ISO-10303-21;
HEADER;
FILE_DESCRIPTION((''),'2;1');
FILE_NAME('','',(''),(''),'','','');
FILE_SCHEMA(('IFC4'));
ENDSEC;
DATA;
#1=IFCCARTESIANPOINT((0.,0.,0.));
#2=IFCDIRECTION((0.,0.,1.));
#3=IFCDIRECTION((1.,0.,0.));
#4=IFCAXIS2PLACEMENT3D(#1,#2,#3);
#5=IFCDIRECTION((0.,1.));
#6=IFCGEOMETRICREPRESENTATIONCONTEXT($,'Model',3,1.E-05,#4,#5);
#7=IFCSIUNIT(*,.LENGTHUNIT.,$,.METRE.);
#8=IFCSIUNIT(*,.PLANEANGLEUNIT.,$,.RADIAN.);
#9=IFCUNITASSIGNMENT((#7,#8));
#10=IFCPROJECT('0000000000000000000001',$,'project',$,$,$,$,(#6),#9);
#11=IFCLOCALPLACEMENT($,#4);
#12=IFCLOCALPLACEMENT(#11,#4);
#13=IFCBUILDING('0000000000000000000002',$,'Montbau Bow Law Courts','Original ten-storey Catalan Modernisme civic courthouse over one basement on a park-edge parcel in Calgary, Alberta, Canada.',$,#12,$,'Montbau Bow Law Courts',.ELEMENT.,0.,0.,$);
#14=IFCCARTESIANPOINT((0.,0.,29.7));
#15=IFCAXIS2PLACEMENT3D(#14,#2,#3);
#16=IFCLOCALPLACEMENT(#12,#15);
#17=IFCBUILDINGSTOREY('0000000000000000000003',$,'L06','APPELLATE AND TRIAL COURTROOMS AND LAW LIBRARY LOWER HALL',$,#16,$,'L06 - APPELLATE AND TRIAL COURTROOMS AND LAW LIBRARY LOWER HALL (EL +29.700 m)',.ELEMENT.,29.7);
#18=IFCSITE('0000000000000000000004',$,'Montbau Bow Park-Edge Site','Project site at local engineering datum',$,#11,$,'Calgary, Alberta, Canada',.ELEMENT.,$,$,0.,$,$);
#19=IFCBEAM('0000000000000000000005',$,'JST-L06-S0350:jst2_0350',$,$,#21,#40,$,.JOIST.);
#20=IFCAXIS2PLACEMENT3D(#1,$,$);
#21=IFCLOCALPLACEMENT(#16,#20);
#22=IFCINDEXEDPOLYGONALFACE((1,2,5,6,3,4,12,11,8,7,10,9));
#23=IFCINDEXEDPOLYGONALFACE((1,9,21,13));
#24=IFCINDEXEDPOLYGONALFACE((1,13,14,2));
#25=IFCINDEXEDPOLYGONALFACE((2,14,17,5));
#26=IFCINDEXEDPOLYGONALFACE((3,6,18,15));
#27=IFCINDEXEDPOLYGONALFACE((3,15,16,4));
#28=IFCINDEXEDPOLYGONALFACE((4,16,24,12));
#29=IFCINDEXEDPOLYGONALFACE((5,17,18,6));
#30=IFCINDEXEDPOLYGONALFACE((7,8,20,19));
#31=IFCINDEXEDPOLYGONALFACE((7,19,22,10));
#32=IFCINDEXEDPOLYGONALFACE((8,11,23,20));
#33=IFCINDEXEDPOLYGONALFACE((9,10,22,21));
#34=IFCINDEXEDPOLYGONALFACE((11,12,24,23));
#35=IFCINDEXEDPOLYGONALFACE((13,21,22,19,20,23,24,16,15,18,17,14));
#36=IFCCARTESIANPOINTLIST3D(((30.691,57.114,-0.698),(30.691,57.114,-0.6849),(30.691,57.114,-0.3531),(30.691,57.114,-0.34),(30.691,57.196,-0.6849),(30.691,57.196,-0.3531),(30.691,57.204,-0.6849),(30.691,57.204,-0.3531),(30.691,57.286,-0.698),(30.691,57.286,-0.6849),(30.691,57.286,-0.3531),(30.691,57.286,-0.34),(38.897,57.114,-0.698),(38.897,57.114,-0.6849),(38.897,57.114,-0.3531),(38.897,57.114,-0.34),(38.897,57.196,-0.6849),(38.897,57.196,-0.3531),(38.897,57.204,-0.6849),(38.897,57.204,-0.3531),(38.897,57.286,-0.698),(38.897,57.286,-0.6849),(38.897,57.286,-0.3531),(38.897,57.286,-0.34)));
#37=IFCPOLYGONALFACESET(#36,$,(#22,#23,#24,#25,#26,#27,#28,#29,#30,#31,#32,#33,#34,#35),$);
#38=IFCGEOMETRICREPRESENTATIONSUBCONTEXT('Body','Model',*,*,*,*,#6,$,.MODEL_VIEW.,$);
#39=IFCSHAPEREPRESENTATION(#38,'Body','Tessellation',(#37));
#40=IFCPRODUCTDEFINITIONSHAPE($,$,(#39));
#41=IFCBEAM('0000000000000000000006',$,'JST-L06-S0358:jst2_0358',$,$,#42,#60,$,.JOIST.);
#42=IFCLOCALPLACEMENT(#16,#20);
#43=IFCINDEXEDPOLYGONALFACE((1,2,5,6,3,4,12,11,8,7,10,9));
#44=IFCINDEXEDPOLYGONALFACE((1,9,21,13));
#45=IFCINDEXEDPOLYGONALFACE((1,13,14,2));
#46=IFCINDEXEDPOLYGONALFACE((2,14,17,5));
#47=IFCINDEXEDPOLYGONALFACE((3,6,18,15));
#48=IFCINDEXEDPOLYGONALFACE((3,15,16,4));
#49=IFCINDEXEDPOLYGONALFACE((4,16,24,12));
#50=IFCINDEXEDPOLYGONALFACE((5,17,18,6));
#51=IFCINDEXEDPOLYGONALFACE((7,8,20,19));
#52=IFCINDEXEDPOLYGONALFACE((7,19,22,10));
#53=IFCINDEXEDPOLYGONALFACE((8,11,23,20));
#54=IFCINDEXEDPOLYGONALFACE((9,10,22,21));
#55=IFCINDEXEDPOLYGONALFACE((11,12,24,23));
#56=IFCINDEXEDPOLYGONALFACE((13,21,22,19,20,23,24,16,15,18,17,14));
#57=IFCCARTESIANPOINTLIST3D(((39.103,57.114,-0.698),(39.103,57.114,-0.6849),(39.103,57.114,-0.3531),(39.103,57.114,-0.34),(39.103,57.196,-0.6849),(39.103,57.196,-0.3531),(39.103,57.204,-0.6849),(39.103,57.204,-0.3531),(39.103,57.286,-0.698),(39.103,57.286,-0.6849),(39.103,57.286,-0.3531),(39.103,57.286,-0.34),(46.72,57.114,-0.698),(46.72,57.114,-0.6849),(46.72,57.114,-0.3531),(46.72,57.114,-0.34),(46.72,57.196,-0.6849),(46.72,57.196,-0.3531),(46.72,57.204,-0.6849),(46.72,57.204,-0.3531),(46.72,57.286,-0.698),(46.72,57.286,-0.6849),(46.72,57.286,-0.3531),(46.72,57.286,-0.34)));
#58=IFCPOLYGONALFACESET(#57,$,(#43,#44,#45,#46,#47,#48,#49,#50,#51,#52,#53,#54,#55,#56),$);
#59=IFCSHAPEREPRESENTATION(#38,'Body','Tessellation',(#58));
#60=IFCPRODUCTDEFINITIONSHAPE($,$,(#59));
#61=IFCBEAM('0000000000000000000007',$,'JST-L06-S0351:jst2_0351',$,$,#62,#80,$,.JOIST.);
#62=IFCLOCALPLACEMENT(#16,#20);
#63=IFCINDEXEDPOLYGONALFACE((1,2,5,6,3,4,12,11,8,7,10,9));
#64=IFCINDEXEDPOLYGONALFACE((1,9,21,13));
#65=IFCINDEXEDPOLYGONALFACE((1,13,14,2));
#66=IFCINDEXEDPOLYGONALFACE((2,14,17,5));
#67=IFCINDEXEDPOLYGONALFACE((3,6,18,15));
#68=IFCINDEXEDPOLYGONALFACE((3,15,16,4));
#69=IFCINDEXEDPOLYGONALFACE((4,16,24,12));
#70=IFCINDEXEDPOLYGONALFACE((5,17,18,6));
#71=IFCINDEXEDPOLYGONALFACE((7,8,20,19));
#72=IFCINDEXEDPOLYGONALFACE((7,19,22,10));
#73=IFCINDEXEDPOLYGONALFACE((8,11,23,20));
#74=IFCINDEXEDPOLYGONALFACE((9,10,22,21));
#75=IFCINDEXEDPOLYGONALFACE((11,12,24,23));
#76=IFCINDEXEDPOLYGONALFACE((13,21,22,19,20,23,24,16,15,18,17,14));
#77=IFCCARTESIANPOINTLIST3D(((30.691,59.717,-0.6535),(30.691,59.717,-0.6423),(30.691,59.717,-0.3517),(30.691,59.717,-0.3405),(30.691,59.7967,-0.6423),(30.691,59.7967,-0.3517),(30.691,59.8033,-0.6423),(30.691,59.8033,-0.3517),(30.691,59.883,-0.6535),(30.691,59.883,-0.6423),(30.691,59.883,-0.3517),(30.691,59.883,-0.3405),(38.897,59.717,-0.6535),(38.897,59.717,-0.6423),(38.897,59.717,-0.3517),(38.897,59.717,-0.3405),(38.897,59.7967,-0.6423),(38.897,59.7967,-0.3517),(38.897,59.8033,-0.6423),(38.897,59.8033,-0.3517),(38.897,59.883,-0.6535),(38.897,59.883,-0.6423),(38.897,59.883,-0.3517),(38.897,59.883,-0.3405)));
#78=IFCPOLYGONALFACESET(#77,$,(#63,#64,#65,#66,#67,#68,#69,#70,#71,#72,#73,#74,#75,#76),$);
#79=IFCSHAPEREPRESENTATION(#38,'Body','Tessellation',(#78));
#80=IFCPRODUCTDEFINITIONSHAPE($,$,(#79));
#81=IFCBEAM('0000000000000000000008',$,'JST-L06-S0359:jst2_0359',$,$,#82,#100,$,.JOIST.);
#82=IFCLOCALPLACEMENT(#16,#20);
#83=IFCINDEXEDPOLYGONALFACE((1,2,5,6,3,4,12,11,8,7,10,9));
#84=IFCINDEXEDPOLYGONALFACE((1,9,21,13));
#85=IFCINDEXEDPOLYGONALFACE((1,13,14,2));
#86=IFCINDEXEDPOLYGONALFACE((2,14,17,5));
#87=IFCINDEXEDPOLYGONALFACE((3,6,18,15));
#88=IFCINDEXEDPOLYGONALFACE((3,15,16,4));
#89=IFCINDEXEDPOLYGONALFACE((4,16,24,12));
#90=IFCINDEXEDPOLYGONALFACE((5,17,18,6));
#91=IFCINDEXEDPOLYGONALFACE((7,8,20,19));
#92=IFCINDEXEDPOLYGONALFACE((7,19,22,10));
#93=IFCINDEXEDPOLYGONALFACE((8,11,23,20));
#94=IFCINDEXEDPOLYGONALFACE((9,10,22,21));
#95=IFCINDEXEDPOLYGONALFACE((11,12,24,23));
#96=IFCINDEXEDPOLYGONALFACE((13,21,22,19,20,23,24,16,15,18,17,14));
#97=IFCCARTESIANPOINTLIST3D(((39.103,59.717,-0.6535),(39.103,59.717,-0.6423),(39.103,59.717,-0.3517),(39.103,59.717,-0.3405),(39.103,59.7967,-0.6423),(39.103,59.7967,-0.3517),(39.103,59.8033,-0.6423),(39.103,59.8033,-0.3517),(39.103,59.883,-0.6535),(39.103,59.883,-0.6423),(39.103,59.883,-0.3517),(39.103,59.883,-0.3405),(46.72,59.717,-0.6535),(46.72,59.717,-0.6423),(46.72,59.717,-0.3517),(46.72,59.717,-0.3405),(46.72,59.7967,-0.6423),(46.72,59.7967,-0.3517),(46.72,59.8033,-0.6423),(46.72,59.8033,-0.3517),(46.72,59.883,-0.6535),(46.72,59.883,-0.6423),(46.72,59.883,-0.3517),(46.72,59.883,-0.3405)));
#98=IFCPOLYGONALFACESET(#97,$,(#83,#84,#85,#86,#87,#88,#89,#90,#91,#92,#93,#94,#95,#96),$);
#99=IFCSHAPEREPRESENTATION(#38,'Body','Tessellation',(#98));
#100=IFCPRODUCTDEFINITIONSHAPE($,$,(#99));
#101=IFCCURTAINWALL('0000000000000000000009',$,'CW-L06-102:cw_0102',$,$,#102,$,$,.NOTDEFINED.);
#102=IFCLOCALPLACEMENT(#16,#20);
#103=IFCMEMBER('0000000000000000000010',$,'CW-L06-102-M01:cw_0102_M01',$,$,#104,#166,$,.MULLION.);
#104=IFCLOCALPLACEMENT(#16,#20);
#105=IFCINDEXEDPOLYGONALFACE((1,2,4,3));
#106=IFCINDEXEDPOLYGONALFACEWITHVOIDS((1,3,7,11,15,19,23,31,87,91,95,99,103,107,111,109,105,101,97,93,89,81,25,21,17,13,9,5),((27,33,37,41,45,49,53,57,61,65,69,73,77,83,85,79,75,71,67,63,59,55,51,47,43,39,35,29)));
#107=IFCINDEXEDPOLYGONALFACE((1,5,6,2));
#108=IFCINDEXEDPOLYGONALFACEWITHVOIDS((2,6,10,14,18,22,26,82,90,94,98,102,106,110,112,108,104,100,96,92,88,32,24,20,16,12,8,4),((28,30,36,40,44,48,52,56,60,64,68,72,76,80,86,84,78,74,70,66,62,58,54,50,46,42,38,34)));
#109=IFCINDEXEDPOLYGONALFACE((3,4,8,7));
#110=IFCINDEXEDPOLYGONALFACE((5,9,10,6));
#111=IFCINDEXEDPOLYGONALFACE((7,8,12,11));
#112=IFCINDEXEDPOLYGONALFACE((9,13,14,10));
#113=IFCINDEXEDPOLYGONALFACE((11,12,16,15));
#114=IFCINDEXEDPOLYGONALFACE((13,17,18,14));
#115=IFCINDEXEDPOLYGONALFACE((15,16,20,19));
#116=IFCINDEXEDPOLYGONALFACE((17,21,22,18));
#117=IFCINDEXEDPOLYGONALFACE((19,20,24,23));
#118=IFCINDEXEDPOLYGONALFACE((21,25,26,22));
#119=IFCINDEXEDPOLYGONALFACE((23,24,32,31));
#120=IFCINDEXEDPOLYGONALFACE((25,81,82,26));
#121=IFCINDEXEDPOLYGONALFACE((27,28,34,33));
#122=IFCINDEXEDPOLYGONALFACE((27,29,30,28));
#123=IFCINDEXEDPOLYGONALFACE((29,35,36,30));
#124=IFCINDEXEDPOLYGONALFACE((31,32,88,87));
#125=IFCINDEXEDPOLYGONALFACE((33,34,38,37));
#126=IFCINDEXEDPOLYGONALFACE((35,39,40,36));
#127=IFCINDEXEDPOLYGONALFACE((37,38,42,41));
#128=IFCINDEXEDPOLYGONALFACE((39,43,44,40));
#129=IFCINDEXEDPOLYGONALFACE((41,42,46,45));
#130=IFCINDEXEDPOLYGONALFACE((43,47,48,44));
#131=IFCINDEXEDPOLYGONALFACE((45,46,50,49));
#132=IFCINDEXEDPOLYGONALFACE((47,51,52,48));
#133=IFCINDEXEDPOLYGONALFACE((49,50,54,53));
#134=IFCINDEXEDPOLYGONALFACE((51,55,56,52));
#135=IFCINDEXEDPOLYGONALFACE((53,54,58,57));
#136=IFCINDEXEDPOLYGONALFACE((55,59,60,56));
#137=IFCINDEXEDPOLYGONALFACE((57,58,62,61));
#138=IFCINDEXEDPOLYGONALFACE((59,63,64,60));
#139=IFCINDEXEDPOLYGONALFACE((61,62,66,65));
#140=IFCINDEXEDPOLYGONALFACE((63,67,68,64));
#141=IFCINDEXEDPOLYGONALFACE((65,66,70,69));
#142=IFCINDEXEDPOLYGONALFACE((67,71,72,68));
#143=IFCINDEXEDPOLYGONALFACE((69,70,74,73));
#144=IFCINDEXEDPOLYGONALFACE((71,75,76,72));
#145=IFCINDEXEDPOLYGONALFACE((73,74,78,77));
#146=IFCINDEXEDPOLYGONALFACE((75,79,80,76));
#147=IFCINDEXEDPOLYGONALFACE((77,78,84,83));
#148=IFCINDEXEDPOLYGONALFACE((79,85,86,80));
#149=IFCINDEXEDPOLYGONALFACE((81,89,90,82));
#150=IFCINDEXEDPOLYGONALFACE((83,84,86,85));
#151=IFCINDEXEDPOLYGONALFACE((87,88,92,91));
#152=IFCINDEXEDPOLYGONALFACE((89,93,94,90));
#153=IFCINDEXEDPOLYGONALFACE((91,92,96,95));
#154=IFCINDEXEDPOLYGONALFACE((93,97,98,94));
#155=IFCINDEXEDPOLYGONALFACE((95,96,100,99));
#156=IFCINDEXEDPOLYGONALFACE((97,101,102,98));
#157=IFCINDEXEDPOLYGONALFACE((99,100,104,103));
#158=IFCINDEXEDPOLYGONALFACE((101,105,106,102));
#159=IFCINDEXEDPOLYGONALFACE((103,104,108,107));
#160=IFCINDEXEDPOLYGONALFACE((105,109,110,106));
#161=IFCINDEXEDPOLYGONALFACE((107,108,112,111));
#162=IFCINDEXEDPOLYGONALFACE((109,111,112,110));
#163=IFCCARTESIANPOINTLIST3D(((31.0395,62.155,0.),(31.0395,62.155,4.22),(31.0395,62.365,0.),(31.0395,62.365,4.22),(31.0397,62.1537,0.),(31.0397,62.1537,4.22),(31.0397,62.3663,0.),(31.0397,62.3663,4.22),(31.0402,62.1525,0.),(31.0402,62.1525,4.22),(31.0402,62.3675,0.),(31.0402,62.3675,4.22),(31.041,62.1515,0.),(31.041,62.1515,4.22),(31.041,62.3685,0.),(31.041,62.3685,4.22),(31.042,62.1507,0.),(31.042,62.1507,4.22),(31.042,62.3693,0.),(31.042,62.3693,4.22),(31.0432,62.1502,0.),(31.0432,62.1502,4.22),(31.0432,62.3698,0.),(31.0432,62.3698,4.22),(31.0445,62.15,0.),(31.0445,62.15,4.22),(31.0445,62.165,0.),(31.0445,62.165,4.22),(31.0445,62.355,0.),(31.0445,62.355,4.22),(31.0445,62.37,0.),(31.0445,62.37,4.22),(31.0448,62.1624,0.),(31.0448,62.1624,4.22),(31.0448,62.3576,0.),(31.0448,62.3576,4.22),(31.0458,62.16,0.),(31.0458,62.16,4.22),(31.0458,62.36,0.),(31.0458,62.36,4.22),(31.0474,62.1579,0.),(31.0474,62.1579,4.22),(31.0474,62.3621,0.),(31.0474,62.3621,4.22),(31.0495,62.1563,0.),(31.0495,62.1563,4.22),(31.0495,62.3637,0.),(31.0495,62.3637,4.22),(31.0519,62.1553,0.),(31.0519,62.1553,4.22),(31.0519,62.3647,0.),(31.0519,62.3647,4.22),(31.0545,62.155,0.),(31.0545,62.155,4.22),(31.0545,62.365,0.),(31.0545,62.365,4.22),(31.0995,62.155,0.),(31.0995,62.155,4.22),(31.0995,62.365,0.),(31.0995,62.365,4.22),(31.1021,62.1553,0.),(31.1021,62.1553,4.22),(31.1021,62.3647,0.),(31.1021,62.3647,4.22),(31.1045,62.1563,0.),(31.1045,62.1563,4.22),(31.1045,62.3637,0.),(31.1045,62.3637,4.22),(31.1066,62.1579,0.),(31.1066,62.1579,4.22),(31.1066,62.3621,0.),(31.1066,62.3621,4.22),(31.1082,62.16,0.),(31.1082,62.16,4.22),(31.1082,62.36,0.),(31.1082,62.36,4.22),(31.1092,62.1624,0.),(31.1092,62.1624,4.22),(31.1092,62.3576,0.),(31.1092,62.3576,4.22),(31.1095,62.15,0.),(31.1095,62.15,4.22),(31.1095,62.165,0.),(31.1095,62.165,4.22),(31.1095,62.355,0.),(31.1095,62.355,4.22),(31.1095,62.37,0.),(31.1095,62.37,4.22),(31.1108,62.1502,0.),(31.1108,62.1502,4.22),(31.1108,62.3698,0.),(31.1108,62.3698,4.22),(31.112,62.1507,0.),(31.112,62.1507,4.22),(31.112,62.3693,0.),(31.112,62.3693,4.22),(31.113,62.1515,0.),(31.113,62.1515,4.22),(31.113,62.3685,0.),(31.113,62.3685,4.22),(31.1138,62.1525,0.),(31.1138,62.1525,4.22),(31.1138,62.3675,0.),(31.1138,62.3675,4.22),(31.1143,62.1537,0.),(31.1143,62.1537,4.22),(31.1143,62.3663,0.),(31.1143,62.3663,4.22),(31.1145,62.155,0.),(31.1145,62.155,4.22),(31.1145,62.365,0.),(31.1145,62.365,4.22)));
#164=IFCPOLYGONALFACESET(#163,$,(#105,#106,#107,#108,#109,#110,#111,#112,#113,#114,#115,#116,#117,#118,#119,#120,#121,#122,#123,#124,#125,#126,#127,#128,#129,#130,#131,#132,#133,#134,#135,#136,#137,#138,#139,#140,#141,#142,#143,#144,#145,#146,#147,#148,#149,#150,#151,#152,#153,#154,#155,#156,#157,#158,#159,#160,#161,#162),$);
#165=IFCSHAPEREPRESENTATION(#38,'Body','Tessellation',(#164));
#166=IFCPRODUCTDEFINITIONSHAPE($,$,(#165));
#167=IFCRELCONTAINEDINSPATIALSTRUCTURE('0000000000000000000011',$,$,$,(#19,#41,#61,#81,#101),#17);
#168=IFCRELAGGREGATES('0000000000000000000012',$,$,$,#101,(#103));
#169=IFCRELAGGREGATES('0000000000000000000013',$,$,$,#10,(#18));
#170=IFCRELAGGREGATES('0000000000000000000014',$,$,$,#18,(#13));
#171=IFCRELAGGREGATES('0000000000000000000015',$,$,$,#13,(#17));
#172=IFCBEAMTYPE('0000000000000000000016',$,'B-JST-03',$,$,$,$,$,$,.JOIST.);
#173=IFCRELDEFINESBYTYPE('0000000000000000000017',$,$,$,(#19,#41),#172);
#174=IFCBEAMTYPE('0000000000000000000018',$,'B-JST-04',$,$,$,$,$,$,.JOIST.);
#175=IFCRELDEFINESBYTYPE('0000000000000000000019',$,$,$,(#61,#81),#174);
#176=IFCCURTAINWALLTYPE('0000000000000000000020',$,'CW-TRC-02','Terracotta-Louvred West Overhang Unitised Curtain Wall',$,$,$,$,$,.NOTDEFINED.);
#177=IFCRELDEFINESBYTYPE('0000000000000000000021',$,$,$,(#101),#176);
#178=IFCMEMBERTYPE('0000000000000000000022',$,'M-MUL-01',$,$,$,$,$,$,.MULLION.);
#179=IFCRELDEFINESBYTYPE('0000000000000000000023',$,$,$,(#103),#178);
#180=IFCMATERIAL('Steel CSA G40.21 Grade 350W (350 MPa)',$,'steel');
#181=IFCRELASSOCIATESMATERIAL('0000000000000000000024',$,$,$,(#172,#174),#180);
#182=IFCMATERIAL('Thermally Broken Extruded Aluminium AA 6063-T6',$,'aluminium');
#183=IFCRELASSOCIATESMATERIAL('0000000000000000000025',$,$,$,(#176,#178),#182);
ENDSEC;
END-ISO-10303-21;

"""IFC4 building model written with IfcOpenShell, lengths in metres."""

from ifc_helpers import new_model, si_unit, direction, frame, origin_with_axes, origin_2d_with_axis, place, context, subcontext, project, spatial, hollow_rectangle, i_section, extrude, material, material_profile, profile_set, type_object, element, aggregate, save


model = new_model("IFC4")

# Units and contexts
model_context = context("Model", 3, precision=1e-05, world=origin_with_axes(), true_north=direction((0.0, 1.0)))
body_context = subcontext(model_context, "Body", "Model", "MODEL_VIEW")
ifc_project = project(units=[si_unit("LENGTHUNIT", "METRE"), si_unit("PLANEANGLEUNIT", "RADIAN")], contexts=[model_context])

# Site, building, storey
site_placement = place(None, origin_with_axes())
site = spatial("IfcSite", under=ifc_project, at=site_placement, Name="Montbau Bow Park-Edge Site", Description="Project site at local engineering datum", LongName="Calgary, Alberta, Canada", CompositionType="ELEMENT", RefElevation=0.0)
building_placement = place(site_placement, origin_with_axes())
building = spatial("IfcBuilding", under=site, at=building_placement, Name="Montbau Bow Law Courts", Description="Original ten-storey Catalan Modernisme civic courthouse over one basement on a park-edge parcel in Calgary, Alberta, Canada.", LongName="Montbau Bow Law Courts", CompositionType="ELEMENT", ElevationOfRefHeight=0.0, ElevationOfTerrain=0.0)
storey_placement = place(building_placement, frame((0.0, 0.0, 29.7), z_axis=(0.0, 0.0, 1.0), x_axis=(1.0, 0.0, 0.0)))
storey = spatial("IfcBuildingStorey", under=building, at=storey_placement, Name="L06", Description="APPELLATE AND TRIAL COURTROOMS AND LAW LIBRARY LOWER HALL", LongName="L06 - APPELLATE AND TRIAL COURTROOMS AND LAW LIBRARY LOWER HALL (EL +29.700 m)", CompositionType="ELEMENT", Elevation=29.7)

# Beams
ifc_material_1 = material(Name="Steel CSA G40.21 Grade 350W (350 MPa)", Category="steel")
ifc_material_profile_1 = material_profile(ifc_material_1, i_section(OverallWidth=0.172, OverallDepth=0.358, WebThickness=0.0079, FlangeThickness=0.0131, at=origin_2d_with_axis()), Name="W360X57", Category="Main", Priority=0)
ifc_profile_set_1 = profile_set([ifc_material_profile_1], Name="Steel CSA G40.21 Grade 350W (350 MPa)")
beam_type_1 = type_object("IfcBeamType", Name="B-JST-03", PredefinedType="JOIST", material=ifc_profile_set_1)
beam_1_placement = place(None, frame((30.691, 57.2, 29.181), z_axis=(1.0, 0.0, 0.0), x_axis=(0.0, 1.0, 0.0)))
element("IfcBeam", 1, at=beam_1_placement, inside=storey, type_object=beam_type_1, Name="JST-L06-S0350:jst2_0350", PredefinedType="JOIST", context=body_context, shape_type="SweptSolid", body=[
    extrude(i_section(OverallWidth=0.172, OverallDepth=0.358, WebThickness=0.0079, FlangeThickness=0.0131, at=origin_2d_with_axis()), origin_with_axes(), (0.0, 0.0, 1.0), 8.206),
])
beam_2_placement = place(None, frame((39.103, 57.2, 29.181), z_axis=(1.0, 0.0, 0.0), x_axis=(0.0, 1.0, 0.0)))
element("IfcBeam", 2, at=beam_2_placement, inside=storey, type_object=beam_type_1, Name="JST-L06-S0358:jst2_0358", PredefinedType="JOIST", context=body_context, shape_type="SweptSolid", body=[
    extrude(i_section(OverallWidth=0.172, OverallDepth=0.358, WebThickness=0.0079, FlangeThickness=0.0131, at=origin_2d_with_axis()), origin_with_axes(), (0.0, 0.0, 1.0), 7.617),
])
ifc_material_profile_2 = material_profile(ifc_material_1, i_section(OverallWidth=0.166, OverallDepth=0.313, WebThickness=0.0066, FlangeThickness=0.0112, at=origin_2d_with_axis()), Name="W310X45", Category="Main", Priority=0)
ifc_profile_set_2 = profile_set([ifc_material_profile_2], Name="Steel CSA G40.21 Grade 350W (350 MPa)")
beam_type_2 = type_object("IfcBeamType", Name="B-JST-04", PredefinedType="JOIST", material=ifc_profile_set_2)
beam_3_placement = place(None, frame((30.691, 59.8, 29.203), z_axis=(1.0, 0.0, 0.0), x_axis=(0.0, 1.0, 0.0)))
element("IfcBeam", 3, at=beam_3_placement, inside=storey, type_object=beam_type_2, Name="JST-L06-S0351:jst2_0351", PredefinedType="JOIST", context=body_context, shape_type="SweptSolid", body=[
    extrude(i_section(OverallWidth=0.166, OverallDepth=0.313, WebThickness=0.0066, FlangeThickness=0.0112, at=origin_2d_with_axis()), origin_with_axes(), (0.0, 0.0, 1.0), 8.206),
])
beam_4_placement = place(None, frame((39.103, 59.8, 29.203), z_axis=(1.0, 0.0, 0.0), x_axis=(0.0, 1.0, 0.0)))
element("IfcBeam", 4, at=beam_4_placement, inside=storey, type_object=beam_type_2, Name="JST-L06-S0359:jst2_0359", PredefinedType="JOIST", context=body_context, shape_type="SweptSolid", body=[
    extrude(i_section(OverallWidth=0.166, OverallDepth=0.313, WebThickness=0.0066, FlangeThickness=0.0112, at=origin_2d_with_axis()), origin_with_axes(), (0.0, 0.0, 1.0), 7.617),
])

# Curtain wall, member
ifc_material_2 = material(Name="Thermally Broken Extruded Aluminium AA 6063-T6", Category="aluminium")
curtain_wall_type = type_object("IfcCurtainWallType", Name="CW-TRC-02", Description="Terracotta-Louvred West Overhang Unitised Curtain Wall", PredefinedType="NOTDEFINED", material=ifc_material_2)
curtain_wall_1_placement = place(None, frame((31.04, 62.26, 29.7), z_axis=(0.0, 0.0, 1.0), x_axis=(1.0, 0.0, 0.0)))
curtain_wall_1 = element("IfcCurtainWall", 5, at=curtain_wall_1_placement, inside=storey, type_object=curtain_wall_type, Name="CW-L06-102:cw_0102", PredefinedType="NOTDEFINED")
ifc_material_profile_3 = material_profile(ifc_material_2, hollow_rectangle(XDim=0.075, YDim=0.22, WallThickness=0.005, InnerFilletRadius=0.01, OuterFilletRadius=0.005, at=origin_2d_with_axis()), Name="CWM-220X75", Category="Main", Priority=0)
ifc_profile_set_3 = profile_set([ifc_material_profile_3], Name="Thermally Broken Extruded Aluminium AA 6063-T6")
member_type_1 = type_object("IfcMemberType", Name="M-MUL-01", PredefinedType="MULLION", material=ifc_profile_set_3)
member_1_placement = place(None, frame((31.077, 62.26, 29.7), z_axis=(0.0, 0.0, 1.0), x_axis=(1.0, 0.0, 0.0)))
member_1 = element("IfcMember", 6, at=member_1_placement, type_object=member_type_1, Name="CW-L06-102-M01:cw_0102_M01", PredefinedType="MULLION", context=body_context, shape_type="SweptSolid", body=[
    extrude(hollow_rectangle(XDim=0.075, YDim=0.22, WallThickness=0.005, InnerFilletRadius=0.01, OuterFilletRadius=0.005, at=origin_2d_with_axis()), origin_with_axes(), (0.0, 0.0, 1.0), 4.22),
])

aggregate(curtain_wall_1, [member_1])

save(model, "model.ifc")
